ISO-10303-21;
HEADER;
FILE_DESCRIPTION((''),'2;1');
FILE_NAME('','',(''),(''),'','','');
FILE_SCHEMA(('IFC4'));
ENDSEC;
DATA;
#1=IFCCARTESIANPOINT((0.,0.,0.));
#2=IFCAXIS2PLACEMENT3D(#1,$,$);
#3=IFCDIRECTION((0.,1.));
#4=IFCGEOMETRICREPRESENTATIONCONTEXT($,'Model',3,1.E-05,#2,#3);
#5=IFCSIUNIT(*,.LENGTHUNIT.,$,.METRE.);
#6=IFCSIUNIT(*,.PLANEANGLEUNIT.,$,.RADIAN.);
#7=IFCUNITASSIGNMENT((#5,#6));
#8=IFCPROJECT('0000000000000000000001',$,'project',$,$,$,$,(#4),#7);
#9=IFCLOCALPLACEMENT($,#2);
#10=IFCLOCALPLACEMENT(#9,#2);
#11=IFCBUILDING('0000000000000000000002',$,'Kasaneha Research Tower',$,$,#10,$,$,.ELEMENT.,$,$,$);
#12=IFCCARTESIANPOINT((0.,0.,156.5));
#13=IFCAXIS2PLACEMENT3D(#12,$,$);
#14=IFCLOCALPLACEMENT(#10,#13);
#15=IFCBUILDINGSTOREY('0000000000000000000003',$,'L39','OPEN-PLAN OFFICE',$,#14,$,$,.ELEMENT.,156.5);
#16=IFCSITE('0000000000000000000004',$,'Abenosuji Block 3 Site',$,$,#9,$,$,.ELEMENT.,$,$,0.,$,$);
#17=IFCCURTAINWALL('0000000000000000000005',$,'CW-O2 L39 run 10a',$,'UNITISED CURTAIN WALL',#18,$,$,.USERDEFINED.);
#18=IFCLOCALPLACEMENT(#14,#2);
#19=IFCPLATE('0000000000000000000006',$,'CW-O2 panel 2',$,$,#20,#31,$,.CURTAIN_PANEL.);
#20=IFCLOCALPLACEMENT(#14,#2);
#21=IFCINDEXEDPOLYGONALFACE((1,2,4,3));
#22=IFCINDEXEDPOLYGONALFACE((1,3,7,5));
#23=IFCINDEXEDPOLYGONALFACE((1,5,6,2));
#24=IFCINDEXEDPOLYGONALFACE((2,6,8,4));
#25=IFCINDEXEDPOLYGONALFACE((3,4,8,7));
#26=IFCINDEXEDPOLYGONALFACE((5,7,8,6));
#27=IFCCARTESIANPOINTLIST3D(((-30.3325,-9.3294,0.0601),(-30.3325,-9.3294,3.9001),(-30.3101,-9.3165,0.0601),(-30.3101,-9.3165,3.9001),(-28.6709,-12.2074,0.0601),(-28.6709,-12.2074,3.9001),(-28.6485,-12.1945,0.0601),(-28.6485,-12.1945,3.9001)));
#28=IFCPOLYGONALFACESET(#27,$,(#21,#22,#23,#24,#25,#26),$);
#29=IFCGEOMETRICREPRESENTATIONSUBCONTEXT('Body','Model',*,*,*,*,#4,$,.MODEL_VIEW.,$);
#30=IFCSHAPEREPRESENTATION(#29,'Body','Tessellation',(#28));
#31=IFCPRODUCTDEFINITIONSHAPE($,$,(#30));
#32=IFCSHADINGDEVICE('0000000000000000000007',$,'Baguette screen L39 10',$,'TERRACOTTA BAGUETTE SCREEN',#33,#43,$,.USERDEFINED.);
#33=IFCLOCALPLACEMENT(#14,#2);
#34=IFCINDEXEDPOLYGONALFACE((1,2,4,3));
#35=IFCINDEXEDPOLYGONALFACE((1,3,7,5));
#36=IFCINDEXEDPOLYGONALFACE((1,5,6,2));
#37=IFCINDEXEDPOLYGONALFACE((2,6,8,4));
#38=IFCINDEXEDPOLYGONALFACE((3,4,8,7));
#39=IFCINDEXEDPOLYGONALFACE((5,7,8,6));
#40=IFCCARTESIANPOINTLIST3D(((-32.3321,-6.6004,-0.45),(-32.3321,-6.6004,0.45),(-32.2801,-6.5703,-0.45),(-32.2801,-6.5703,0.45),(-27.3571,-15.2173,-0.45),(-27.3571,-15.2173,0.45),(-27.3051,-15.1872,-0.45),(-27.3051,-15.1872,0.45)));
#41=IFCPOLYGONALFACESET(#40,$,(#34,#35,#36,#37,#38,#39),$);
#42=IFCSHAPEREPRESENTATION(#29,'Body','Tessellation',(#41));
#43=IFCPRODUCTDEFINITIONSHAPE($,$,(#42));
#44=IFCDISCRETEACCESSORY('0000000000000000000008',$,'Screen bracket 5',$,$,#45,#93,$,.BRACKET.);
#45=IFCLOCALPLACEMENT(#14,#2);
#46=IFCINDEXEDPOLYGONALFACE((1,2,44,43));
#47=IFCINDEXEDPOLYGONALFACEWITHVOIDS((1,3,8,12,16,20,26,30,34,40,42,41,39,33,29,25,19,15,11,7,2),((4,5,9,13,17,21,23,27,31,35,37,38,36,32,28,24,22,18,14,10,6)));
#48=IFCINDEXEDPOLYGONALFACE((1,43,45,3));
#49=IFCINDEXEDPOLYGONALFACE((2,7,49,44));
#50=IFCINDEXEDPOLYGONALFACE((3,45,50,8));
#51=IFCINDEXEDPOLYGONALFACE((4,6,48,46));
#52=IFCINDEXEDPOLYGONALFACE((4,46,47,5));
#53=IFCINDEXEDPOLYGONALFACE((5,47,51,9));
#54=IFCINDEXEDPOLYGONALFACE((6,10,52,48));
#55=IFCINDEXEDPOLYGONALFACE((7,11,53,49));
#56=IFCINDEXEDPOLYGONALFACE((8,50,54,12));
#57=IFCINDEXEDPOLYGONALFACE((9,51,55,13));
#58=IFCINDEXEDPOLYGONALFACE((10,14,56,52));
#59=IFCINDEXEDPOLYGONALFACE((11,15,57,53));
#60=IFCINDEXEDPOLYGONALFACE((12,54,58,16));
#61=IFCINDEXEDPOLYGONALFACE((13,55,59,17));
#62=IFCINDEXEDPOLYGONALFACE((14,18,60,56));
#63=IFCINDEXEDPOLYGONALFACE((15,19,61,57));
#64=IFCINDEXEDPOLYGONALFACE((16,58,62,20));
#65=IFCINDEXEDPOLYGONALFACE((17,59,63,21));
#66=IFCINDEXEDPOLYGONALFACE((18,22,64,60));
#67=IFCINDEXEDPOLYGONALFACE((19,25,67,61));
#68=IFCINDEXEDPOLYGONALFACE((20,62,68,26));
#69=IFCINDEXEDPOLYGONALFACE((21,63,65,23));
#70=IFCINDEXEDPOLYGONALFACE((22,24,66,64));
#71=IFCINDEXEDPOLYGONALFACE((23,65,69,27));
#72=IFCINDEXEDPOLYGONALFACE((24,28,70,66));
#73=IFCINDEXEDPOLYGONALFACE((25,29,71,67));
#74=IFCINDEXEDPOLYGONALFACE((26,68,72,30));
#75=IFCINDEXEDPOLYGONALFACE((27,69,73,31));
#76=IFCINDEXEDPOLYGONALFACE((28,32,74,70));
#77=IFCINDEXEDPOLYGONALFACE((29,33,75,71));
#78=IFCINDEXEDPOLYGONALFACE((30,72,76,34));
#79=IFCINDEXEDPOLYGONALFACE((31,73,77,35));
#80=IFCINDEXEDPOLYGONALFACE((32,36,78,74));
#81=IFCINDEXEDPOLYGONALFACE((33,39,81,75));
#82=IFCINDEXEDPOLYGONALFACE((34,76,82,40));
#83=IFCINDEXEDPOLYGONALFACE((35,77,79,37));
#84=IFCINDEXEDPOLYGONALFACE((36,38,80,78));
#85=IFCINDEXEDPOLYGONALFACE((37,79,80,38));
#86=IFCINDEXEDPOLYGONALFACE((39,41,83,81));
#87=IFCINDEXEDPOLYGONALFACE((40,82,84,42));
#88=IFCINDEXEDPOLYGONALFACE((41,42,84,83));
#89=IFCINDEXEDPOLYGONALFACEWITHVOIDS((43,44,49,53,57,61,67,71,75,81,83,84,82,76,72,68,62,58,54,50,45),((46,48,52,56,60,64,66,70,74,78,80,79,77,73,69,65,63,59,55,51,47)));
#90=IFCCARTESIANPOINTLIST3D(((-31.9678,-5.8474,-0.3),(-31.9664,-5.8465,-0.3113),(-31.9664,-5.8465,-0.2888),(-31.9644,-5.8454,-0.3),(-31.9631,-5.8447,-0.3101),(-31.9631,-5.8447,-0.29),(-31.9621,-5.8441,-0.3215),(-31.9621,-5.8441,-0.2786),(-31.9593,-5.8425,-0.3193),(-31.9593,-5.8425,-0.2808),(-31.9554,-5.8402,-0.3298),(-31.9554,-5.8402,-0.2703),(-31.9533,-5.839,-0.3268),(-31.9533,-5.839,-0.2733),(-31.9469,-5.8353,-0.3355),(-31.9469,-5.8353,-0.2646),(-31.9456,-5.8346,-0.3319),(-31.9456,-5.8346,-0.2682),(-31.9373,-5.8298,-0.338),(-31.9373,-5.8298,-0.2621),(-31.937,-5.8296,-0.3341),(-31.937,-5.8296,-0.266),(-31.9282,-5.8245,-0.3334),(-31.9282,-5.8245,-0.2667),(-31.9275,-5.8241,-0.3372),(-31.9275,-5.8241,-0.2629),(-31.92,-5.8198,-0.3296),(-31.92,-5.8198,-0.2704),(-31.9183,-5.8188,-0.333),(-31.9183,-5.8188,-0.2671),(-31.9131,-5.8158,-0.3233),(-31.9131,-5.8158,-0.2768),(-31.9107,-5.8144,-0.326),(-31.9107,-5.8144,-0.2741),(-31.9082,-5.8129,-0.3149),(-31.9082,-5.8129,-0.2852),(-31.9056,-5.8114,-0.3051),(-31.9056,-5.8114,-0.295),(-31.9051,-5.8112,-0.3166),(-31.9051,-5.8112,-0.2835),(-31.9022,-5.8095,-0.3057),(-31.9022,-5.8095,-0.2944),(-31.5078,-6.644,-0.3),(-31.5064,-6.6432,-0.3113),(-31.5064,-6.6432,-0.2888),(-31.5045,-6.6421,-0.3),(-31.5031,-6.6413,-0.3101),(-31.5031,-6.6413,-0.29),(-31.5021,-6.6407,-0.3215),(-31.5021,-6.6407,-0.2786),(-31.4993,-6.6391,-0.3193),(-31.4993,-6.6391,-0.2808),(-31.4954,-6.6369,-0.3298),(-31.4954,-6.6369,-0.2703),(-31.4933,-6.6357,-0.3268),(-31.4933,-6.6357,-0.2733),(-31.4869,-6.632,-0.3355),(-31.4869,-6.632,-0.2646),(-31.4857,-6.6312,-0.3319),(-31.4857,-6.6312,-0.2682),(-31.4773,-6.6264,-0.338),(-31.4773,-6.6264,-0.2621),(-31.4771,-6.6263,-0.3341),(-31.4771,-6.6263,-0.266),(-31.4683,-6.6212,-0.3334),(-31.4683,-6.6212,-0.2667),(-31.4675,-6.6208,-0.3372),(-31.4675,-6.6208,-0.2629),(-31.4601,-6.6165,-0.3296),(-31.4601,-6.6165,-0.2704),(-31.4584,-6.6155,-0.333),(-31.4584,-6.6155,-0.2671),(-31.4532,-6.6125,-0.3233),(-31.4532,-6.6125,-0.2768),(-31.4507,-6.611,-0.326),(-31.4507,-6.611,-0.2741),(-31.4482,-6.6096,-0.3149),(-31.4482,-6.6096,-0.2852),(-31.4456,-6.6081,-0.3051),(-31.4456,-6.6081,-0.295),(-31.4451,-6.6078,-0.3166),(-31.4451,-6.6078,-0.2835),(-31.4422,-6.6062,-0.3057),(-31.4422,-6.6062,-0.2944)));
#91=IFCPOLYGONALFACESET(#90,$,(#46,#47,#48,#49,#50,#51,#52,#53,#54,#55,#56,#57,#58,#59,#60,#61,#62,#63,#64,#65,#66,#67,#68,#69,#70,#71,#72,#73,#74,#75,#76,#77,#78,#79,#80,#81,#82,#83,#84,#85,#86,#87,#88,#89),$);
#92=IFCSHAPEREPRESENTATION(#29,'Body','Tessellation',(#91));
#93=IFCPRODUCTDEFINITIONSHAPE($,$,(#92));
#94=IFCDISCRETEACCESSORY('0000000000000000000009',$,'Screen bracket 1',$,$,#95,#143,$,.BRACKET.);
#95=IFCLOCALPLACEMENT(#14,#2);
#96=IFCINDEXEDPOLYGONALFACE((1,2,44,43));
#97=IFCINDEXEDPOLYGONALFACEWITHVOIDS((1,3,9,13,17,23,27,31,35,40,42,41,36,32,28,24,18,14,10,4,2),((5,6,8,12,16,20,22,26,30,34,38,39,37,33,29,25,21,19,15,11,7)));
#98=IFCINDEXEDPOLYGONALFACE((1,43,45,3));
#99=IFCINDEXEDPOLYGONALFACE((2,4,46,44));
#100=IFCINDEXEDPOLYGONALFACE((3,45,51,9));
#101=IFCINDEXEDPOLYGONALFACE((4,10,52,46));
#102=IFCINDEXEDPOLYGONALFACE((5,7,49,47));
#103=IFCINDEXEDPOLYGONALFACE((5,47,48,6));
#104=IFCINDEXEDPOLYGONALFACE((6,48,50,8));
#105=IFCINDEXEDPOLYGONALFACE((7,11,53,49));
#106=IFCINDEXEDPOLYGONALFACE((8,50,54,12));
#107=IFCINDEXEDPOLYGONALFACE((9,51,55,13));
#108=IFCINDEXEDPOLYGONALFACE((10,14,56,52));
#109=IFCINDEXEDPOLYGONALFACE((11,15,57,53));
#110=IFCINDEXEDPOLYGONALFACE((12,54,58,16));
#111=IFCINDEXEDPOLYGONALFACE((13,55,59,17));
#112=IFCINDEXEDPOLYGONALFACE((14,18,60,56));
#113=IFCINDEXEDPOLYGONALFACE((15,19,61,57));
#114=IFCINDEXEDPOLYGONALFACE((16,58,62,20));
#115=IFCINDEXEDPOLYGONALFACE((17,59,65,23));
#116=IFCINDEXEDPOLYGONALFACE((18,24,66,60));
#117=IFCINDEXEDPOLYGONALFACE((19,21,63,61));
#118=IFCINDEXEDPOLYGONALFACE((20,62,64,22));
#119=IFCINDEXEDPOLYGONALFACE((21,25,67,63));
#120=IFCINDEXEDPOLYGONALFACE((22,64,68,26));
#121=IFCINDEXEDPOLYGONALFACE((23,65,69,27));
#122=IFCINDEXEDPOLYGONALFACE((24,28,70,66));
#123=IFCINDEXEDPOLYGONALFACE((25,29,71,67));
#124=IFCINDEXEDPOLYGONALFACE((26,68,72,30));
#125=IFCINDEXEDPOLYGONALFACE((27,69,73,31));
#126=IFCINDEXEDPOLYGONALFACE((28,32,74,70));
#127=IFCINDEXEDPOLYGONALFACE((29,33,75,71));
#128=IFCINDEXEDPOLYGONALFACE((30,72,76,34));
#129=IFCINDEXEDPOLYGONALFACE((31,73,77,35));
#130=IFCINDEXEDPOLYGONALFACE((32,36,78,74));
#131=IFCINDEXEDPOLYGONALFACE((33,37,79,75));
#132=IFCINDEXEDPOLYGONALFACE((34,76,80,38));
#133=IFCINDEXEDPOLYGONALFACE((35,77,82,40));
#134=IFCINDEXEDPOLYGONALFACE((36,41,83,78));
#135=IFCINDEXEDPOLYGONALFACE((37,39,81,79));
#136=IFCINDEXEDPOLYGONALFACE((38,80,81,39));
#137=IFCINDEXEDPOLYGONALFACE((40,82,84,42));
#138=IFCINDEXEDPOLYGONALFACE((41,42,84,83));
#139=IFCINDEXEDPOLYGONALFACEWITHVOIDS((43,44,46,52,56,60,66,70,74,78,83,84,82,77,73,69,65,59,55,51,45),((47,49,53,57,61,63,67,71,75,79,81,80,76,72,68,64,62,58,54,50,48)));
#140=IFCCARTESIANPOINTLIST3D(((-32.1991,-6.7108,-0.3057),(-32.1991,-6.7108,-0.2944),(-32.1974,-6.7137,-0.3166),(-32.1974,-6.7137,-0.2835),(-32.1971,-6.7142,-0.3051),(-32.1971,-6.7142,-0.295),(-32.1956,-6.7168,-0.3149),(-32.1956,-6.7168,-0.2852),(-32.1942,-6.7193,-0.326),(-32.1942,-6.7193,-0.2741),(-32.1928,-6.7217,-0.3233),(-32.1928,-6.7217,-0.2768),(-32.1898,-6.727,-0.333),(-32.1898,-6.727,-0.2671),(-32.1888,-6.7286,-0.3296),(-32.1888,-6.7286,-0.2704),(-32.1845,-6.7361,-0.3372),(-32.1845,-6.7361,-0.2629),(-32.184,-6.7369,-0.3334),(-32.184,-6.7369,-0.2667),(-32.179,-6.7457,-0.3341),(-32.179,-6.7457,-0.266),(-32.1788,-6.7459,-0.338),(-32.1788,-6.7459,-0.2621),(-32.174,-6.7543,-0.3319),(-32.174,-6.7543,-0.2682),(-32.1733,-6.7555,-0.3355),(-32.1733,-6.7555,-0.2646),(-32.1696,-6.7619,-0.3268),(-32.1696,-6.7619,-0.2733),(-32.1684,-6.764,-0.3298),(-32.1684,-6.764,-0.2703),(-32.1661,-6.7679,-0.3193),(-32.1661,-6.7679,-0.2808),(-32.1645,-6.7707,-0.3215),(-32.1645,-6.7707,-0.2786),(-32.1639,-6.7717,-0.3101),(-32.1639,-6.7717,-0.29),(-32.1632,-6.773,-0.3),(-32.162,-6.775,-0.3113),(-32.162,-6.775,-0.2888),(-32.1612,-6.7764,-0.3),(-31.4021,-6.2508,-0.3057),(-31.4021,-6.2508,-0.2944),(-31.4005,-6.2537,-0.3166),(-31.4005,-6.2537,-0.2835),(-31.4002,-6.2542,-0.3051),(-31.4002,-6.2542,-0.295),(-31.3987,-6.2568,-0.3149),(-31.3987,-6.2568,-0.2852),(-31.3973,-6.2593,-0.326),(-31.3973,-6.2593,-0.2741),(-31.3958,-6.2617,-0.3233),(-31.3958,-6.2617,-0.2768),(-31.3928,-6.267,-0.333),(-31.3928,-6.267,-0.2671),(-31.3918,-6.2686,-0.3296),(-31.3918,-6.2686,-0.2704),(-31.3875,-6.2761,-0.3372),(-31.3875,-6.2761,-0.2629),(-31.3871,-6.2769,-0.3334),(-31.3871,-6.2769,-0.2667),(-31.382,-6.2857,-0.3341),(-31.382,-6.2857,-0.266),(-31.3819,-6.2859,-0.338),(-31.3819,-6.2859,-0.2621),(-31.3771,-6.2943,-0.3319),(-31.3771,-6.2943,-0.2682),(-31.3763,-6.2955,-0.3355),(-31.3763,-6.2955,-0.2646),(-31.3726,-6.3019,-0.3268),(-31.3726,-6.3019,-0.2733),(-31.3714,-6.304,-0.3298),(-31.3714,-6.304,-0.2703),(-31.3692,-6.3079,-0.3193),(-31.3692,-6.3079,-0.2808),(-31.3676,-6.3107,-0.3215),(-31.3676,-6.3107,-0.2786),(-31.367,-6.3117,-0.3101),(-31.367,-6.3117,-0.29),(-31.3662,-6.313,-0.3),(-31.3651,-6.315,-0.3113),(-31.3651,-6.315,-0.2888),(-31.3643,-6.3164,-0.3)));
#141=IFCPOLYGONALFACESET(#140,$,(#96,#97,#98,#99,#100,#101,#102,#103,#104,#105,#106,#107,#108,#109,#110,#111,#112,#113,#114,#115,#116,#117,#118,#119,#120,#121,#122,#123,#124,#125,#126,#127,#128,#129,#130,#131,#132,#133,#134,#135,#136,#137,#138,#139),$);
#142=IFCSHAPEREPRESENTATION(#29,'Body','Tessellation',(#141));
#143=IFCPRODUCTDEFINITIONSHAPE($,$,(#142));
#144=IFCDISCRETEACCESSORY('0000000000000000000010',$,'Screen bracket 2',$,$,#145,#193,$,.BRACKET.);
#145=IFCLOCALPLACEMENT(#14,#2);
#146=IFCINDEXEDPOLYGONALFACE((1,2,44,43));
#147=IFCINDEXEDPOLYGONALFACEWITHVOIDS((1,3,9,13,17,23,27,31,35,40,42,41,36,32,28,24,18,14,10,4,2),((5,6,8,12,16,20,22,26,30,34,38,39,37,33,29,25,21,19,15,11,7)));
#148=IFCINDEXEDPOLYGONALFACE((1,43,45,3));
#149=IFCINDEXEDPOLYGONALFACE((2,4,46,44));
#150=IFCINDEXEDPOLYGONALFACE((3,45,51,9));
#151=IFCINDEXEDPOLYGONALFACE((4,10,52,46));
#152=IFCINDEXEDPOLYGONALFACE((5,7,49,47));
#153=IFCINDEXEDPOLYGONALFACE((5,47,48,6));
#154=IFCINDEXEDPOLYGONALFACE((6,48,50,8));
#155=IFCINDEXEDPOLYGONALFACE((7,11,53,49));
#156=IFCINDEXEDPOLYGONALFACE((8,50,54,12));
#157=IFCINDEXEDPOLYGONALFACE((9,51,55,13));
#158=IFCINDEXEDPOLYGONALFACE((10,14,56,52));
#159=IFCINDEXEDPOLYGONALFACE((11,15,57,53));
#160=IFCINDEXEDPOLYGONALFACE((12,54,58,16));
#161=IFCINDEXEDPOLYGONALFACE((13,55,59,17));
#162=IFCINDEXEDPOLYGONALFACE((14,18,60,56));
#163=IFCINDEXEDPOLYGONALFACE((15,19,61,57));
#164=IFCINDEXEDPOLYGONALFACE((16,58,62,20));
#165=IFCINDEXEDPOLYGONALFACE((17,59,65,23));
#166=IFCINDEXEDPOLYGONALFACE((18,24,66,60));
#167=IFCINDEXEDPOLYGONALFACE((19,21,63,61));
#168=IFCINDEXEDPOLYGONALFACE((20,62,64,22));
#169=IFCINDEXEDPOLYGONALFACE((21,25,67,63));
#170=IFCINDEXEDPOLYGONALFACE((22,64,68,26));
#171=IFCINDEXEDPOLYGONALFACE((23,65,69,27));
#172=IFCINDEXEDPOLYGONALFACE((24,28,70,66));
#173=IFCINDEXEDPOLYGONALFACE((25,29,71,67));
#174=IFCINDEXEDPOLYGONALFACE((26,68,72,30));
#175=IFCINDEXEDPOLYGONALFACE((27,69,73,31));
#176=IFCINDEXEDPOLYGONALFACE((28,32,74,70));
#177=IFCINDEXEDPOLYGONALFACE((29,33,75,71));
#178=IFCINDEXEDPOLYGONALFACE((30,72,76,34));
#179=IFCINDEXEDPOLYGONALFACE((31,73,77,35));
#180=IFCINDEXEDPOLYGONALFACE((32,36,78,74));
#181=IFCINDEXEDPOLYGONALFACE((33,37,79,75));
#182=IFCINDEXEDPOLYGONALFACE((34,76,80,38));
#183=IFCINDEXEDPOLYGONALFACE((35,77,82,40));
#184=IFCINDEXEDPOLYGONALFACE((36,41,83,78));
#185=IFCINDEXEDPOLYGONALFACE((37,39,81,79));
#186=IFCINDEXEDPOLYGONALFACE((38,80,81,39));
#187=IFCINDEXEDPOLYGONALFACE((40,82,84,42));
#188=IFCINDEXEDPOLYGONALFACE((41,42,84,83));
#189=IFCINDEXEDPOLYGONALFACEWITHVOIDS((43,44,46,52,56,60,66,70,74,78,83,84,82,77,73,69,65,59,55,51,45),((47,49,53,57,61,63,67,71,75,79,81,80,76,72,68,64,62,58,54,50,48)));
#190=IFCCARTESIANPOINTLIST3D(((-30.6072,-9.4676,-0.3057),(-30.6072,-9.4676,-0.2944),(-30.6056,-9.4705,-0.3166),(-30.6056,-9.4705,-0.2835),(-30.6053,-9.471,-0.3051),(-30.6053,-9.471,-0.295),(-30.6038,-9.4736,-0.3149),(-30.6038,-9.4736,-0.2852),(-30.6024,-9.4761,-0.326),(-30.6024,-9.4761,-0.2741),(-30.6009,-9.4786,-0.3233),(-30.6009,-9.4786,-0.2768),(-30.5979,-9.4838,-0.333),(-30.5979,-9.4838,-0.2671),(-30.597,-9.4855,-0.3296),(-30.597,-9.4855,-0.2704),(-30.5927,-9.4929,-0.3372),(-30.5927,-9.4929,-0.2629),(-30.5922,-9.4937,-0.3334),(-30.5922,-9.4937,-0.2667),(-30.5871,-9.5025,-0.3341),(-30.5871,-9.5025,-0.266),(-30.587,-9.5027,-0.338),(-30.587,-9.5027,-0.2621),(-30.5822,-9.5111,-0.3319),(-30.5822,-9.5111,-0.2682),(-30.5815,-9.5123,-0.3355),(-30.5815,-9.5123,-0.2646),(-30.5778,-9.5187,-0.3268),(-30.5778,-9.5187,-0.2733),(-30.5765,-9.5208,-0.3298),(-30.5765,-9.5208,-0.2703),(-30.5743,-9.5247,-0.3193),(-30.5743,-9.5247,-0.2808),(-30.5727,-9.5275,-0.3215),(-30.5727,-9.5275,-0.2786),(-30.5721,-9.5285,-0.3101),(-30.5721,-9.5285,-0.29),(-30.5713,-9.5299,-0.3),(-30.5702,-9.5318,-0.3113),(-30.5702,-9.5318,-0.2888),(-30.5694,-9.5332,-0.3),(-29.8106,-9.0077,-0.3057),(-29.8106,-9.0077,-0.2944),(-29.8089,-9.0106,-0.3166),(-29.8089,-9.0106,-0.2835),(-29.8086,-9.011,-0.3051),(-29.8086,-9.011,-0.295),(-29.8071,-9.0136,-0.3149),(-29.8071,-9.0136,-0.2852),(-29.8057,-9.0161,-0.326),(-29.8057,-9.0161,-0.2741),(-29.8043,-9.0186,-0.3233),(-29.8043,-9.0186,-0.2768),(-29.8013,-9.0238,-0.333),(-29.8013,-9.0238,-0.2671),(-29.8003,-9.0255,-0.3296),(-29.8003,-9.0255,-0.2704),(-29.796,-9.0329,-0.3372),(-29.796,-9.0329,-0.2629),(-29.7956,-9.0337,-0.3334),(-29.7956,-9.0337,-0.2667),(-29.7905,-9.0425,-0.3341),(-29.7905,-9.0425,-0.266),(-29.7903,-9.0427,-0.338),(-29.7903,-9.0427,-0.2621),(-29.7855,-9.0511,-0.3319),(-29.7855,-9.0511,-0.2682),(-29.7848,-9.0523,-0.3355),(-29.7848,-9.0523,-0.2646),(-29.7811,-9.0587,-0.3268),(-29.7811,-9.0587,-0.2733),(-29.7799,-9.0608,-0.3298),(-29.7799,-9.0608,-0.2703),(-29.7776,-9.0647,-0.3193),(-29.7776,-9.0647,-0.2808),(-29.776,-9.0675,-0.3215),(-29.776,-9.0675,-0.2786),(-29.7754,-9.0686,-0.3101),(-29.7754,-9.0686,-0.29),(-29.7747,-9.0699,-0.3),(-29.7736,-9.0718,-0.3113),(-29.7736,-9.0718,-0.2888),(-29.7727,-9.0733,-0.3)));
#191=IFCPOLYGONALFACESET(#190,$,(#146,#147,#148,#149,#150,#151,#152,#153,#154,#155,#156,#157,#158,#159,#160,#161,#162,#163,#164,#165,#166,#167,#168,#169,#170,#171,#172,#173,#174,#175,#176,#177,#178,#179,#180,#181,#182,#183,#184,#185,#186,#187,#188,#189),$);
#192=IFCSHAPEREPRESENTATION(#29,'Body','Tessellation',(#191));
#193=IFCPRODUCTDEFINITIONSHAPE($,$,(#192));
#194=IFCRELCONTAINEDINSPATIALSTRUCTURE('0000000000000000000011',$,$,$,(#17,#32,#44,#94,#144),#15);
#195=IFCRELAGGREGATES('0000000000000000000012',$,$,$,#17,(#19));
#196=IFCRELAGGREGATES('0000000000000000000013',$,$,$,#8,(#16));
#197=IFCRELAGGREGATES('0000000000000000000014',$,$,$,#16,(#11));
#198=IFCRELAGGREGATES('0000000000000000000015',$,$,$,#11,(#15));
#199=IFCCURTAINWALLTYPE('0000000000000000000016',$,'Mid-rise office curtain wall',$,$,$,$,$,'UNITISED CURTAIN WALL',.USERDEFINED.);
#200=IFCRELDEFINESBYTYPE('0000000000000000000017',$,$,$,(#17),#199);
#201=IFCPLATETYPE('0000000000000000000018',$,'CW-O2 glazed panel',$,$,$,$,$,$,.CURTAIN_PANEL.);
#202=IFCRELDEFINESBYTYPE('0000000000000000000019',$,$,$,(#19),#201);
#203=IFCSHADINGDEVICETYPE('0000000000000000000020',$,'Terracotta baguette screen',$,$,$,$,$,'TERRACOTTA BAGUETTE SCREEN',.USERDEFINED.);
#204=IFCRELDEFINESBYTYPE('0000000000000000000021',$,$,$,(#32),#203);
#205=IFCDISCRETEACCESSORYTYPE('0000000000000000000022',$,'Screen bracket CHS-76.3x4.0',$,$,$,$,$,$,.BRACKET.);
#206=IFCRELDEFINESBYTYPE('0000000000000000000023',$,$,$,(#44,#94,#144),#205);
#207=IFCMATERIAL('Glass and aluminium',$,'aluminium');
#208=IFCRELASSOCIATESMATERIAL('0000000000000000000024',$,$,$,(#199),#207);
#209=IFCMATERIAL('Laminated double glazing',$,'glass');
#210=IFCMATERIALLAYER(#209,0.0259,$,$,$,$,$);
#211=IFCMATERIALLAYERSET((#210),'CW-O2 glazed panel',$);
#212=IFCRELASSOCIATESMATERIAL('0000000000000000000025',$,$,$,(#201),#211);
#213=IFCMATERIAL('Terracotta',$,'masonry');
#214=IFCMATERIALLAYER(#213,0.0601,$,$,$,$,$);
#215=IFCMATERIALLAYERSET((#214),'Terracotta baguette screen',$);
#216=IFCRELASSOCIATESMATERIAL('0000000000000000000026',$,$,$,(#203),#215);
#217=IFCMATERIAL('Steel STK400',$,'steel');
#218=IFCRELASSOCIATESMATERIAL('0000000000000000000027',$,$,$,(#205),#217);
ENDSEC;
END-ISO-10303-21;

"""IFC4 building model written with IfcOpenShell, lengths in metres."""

from ifc_helpers import new_model, si_unit, direction, frame, origin, origin_2d, place, context, subcontext, project, spatial, rectangle, hollow_circle, extrude, material, layer, layer_set, material_profile, profile_set, type_object, element, aggregate, save


model = new_model("IFC4")

# Units and contexts
model_context = context("Model", 3, precision=1e-05, world=origin(), true_north=direction((0.0, 1.0)))
body_context = subcontext(model_context, "Body", "Model", "MODEL_VIEW")
ifc_project = project(units=[si_unit("LENGTHUNIT", "METRE"), si_unit("PLANEANGLEUNIT", "RADIAN")], contexts=[model_context])

# Site, building, storey
site_placement = place(None, origin())
site = spatial("IfcSite", under=ifc_project, at=site_placement, Name="Abenosuji Block 3 Site", CompositionType="ELEMENT", RefElevation=0.0)
building_placement = place(site_placement, origin())
building = spatial("IfcBuilding", under=site, at=building_placement, Name="Kasaneha Research Tower", CompositionType="ELEMENT")
storey_placement = place(building_placement, frame((0.0, 0.0, 156.5)))
storey = spatial("IfcBuildingStorey", under=building, at=storey_placement, Name="L39", Description="OPEN-PLAN OFFICE", CompositionType="ELEMENT", Elevation=156.5)

# Curtain wall
ifc_material_1 = material(Name="Glass and aluminium", Category="aluminium")
curtain_wall_type = type_object("IfcCurtainWallType", Name="Mid-rise office curtain wall", ElementType="UNITISED CURTAIN WALL", PredefinedType="USERDEFINED", material=ifc_material_1)
curtain_wall_1_placement = place(storey_placement, origin())
curtain_wall_1 = element("IfcCurtainWall", 1, at=curtain_wall_1_placement, inside=storey, type_object=curtain_wall_type, Name="CW-O2 L39 run 10a", ObjectType="UNITISED CURTAIN WALL", PredefinedType="USERDEFINED")

# Plate
ifc_material_2 = material(Name="Laminated double glazing", Category="glass")
ifc_layer_1 = layer(ifc_material_2, 0.0259)
ifc_layer_set_1 = layer_set([ifc_layer_1], Name="CW-O2 glazed panel")
plate_type = type_object("IfcPlateType", Name="CW-O2 glazed panel", PredefinedType="CURTAIN_PANEL", material=ifc_layer_set_1)
plate_1_placement = place(storey_placement, frame((-29.4905, -10.762, 0.0601), z_axis=(0.0, 0.0, 1.0), x_axis=(0.5, -0.866025, 0.0)))
plate_1 = element("IfcPlate", 2, at=plate_1_placement, type_object=plate_type, Name="CW-O2 panel 2", PredefinedType="CURTAIN_PANEL", context=body_context, shape_type="SweptSolid", body=[
    extrude(rectangle(XDim=3.3232, YDim=0.0259, at=origin_2d()), origin(), (0.0, 0.0, 1.0), 3.8401),
])
aggregate(curtain_wall_1, [plate_1])

# Shading device
ifc_material_3 = material(Name="Terracotta", Category="masonry")
ifc_layer_2 = layer(ifc_material_3, 0.0601)
ifc_layer_set_2 = layer_set([ifc_layer_2], Name="Terracotta baguette screen")
shading_device_type = type_object("IfcShadingDeviceType", Name="Terracotta baguette screen", ElementType="TERRACOTTA BAGUETTE SCREEN", PredefinedType="USERDEFINED", material=ifc_layer_set_2)
shading_device_placement = place(storey_placement, frame((-29.8186, -10.8938, -0.45), z_axis=(0.0, 0.0, 1.0), x_axis=(0.5, -0.866025, 0.0)))
element("IfcShadingDevice", 3, at=shading_device_placement, inside=storey, type_object=shading_device_type, Name="Baguette screen L39 10", ObjectType="TERRACOTTA BAGUETTE SCREEN", PredefinedType="USERDEFINED", context=body_context, shape_type="SweptSolid", body=[
    extrude(rectangle(XDim=9.95, YDim=0.0601, at=origin_2d()), origin(), (0.0, 0.0, 1.0), 0.8999),
])

# Discrete accessories
ifc_material_4 = material(Name="Steel STK400", Category="steel")
ifc_material_profile_1 = material_profile(ifc_material_4, hollow_circle(Radius=0.0381, WallThickness=0.0039, at=origin_2d()), Name="CHS-76.3x4.0")
ifc_profile_set_1 = profile_set([ifc_material_profile_1], Name="Steel STK400")
discrete_accessory_type = type_object("IfcDiscreteAccessoryType", Name="Screen bracket CHS-76.3x4.0", PredefinedType="BRACKET", material=ifc_profile_set_1)
discrete_accessory_1_placement = place(storey_placement, frame((-31.4749, -6.625, -0.3), z_axis=(-0.500021, 0.866013, 0.0), x_axis=(-0.866013, -0.500021, 0.0)))
element("IfcDiscreteAccessory", 4, at=discrete_accessory_1_placement, inside=storey, type_object=discrete_accessory_type, Name="Screen bracket 5", PredefinedType="BRACKET", context=body_context, shape_type="SweptSolid", body=[
    extrude(hollow_circle(Radius=0.0381, WallThickness=0.0039, at=origin_2d()), origin(), (0.0, 0.0, 1.0), 0.9199),
])
discrete_accessory_2_placement = place(storey_placement, frame((-31.3833, -6.2834, -0.3), z_axis=(-0.86608, -0.499906, 0.0), x_axis=(0.499906, -0.86608, 0.0)))
element("IfcDiscreteAccessory", 5, at=discrete_accessory_2_placement, inside=storey, type_object=discrete_accessory_type, Name="Screen bracket 1", PredefinedType="BRACKET", context=body_context, shape_type="SweptSolid", body=[
    extrude(hollow_circle(Radius=0.0381, WallThickness=0.0039, at=origin_2d()), origin(), (0.0, 0.0, 1.0), 0.9202),
])
discrete_accessory_3_placement = place(storey_placement, frame((-29.7917, -9.0403, -0.3), z_axis=(-0.866013, -0.500021, 0.0), x_axis=(0.500021, -0.866013, 0.0)))
element("IfcDiscreteAccessory", 6, at=discrete_accessory_3_placement, inside=storey, type_object=discrete_accessory_type, Name="Screen bracket 2", PredefinedType="BRACKET", context=body_context, shape_type="SweptSolid", body=[
    extrude(hollow_circle(Radius=0.0381, WallThickness=0.0039, at=origin_2d()), origin(), (0.0, 0.0, 1.0), 0.9199),
])

save(model, "model.ifc")
